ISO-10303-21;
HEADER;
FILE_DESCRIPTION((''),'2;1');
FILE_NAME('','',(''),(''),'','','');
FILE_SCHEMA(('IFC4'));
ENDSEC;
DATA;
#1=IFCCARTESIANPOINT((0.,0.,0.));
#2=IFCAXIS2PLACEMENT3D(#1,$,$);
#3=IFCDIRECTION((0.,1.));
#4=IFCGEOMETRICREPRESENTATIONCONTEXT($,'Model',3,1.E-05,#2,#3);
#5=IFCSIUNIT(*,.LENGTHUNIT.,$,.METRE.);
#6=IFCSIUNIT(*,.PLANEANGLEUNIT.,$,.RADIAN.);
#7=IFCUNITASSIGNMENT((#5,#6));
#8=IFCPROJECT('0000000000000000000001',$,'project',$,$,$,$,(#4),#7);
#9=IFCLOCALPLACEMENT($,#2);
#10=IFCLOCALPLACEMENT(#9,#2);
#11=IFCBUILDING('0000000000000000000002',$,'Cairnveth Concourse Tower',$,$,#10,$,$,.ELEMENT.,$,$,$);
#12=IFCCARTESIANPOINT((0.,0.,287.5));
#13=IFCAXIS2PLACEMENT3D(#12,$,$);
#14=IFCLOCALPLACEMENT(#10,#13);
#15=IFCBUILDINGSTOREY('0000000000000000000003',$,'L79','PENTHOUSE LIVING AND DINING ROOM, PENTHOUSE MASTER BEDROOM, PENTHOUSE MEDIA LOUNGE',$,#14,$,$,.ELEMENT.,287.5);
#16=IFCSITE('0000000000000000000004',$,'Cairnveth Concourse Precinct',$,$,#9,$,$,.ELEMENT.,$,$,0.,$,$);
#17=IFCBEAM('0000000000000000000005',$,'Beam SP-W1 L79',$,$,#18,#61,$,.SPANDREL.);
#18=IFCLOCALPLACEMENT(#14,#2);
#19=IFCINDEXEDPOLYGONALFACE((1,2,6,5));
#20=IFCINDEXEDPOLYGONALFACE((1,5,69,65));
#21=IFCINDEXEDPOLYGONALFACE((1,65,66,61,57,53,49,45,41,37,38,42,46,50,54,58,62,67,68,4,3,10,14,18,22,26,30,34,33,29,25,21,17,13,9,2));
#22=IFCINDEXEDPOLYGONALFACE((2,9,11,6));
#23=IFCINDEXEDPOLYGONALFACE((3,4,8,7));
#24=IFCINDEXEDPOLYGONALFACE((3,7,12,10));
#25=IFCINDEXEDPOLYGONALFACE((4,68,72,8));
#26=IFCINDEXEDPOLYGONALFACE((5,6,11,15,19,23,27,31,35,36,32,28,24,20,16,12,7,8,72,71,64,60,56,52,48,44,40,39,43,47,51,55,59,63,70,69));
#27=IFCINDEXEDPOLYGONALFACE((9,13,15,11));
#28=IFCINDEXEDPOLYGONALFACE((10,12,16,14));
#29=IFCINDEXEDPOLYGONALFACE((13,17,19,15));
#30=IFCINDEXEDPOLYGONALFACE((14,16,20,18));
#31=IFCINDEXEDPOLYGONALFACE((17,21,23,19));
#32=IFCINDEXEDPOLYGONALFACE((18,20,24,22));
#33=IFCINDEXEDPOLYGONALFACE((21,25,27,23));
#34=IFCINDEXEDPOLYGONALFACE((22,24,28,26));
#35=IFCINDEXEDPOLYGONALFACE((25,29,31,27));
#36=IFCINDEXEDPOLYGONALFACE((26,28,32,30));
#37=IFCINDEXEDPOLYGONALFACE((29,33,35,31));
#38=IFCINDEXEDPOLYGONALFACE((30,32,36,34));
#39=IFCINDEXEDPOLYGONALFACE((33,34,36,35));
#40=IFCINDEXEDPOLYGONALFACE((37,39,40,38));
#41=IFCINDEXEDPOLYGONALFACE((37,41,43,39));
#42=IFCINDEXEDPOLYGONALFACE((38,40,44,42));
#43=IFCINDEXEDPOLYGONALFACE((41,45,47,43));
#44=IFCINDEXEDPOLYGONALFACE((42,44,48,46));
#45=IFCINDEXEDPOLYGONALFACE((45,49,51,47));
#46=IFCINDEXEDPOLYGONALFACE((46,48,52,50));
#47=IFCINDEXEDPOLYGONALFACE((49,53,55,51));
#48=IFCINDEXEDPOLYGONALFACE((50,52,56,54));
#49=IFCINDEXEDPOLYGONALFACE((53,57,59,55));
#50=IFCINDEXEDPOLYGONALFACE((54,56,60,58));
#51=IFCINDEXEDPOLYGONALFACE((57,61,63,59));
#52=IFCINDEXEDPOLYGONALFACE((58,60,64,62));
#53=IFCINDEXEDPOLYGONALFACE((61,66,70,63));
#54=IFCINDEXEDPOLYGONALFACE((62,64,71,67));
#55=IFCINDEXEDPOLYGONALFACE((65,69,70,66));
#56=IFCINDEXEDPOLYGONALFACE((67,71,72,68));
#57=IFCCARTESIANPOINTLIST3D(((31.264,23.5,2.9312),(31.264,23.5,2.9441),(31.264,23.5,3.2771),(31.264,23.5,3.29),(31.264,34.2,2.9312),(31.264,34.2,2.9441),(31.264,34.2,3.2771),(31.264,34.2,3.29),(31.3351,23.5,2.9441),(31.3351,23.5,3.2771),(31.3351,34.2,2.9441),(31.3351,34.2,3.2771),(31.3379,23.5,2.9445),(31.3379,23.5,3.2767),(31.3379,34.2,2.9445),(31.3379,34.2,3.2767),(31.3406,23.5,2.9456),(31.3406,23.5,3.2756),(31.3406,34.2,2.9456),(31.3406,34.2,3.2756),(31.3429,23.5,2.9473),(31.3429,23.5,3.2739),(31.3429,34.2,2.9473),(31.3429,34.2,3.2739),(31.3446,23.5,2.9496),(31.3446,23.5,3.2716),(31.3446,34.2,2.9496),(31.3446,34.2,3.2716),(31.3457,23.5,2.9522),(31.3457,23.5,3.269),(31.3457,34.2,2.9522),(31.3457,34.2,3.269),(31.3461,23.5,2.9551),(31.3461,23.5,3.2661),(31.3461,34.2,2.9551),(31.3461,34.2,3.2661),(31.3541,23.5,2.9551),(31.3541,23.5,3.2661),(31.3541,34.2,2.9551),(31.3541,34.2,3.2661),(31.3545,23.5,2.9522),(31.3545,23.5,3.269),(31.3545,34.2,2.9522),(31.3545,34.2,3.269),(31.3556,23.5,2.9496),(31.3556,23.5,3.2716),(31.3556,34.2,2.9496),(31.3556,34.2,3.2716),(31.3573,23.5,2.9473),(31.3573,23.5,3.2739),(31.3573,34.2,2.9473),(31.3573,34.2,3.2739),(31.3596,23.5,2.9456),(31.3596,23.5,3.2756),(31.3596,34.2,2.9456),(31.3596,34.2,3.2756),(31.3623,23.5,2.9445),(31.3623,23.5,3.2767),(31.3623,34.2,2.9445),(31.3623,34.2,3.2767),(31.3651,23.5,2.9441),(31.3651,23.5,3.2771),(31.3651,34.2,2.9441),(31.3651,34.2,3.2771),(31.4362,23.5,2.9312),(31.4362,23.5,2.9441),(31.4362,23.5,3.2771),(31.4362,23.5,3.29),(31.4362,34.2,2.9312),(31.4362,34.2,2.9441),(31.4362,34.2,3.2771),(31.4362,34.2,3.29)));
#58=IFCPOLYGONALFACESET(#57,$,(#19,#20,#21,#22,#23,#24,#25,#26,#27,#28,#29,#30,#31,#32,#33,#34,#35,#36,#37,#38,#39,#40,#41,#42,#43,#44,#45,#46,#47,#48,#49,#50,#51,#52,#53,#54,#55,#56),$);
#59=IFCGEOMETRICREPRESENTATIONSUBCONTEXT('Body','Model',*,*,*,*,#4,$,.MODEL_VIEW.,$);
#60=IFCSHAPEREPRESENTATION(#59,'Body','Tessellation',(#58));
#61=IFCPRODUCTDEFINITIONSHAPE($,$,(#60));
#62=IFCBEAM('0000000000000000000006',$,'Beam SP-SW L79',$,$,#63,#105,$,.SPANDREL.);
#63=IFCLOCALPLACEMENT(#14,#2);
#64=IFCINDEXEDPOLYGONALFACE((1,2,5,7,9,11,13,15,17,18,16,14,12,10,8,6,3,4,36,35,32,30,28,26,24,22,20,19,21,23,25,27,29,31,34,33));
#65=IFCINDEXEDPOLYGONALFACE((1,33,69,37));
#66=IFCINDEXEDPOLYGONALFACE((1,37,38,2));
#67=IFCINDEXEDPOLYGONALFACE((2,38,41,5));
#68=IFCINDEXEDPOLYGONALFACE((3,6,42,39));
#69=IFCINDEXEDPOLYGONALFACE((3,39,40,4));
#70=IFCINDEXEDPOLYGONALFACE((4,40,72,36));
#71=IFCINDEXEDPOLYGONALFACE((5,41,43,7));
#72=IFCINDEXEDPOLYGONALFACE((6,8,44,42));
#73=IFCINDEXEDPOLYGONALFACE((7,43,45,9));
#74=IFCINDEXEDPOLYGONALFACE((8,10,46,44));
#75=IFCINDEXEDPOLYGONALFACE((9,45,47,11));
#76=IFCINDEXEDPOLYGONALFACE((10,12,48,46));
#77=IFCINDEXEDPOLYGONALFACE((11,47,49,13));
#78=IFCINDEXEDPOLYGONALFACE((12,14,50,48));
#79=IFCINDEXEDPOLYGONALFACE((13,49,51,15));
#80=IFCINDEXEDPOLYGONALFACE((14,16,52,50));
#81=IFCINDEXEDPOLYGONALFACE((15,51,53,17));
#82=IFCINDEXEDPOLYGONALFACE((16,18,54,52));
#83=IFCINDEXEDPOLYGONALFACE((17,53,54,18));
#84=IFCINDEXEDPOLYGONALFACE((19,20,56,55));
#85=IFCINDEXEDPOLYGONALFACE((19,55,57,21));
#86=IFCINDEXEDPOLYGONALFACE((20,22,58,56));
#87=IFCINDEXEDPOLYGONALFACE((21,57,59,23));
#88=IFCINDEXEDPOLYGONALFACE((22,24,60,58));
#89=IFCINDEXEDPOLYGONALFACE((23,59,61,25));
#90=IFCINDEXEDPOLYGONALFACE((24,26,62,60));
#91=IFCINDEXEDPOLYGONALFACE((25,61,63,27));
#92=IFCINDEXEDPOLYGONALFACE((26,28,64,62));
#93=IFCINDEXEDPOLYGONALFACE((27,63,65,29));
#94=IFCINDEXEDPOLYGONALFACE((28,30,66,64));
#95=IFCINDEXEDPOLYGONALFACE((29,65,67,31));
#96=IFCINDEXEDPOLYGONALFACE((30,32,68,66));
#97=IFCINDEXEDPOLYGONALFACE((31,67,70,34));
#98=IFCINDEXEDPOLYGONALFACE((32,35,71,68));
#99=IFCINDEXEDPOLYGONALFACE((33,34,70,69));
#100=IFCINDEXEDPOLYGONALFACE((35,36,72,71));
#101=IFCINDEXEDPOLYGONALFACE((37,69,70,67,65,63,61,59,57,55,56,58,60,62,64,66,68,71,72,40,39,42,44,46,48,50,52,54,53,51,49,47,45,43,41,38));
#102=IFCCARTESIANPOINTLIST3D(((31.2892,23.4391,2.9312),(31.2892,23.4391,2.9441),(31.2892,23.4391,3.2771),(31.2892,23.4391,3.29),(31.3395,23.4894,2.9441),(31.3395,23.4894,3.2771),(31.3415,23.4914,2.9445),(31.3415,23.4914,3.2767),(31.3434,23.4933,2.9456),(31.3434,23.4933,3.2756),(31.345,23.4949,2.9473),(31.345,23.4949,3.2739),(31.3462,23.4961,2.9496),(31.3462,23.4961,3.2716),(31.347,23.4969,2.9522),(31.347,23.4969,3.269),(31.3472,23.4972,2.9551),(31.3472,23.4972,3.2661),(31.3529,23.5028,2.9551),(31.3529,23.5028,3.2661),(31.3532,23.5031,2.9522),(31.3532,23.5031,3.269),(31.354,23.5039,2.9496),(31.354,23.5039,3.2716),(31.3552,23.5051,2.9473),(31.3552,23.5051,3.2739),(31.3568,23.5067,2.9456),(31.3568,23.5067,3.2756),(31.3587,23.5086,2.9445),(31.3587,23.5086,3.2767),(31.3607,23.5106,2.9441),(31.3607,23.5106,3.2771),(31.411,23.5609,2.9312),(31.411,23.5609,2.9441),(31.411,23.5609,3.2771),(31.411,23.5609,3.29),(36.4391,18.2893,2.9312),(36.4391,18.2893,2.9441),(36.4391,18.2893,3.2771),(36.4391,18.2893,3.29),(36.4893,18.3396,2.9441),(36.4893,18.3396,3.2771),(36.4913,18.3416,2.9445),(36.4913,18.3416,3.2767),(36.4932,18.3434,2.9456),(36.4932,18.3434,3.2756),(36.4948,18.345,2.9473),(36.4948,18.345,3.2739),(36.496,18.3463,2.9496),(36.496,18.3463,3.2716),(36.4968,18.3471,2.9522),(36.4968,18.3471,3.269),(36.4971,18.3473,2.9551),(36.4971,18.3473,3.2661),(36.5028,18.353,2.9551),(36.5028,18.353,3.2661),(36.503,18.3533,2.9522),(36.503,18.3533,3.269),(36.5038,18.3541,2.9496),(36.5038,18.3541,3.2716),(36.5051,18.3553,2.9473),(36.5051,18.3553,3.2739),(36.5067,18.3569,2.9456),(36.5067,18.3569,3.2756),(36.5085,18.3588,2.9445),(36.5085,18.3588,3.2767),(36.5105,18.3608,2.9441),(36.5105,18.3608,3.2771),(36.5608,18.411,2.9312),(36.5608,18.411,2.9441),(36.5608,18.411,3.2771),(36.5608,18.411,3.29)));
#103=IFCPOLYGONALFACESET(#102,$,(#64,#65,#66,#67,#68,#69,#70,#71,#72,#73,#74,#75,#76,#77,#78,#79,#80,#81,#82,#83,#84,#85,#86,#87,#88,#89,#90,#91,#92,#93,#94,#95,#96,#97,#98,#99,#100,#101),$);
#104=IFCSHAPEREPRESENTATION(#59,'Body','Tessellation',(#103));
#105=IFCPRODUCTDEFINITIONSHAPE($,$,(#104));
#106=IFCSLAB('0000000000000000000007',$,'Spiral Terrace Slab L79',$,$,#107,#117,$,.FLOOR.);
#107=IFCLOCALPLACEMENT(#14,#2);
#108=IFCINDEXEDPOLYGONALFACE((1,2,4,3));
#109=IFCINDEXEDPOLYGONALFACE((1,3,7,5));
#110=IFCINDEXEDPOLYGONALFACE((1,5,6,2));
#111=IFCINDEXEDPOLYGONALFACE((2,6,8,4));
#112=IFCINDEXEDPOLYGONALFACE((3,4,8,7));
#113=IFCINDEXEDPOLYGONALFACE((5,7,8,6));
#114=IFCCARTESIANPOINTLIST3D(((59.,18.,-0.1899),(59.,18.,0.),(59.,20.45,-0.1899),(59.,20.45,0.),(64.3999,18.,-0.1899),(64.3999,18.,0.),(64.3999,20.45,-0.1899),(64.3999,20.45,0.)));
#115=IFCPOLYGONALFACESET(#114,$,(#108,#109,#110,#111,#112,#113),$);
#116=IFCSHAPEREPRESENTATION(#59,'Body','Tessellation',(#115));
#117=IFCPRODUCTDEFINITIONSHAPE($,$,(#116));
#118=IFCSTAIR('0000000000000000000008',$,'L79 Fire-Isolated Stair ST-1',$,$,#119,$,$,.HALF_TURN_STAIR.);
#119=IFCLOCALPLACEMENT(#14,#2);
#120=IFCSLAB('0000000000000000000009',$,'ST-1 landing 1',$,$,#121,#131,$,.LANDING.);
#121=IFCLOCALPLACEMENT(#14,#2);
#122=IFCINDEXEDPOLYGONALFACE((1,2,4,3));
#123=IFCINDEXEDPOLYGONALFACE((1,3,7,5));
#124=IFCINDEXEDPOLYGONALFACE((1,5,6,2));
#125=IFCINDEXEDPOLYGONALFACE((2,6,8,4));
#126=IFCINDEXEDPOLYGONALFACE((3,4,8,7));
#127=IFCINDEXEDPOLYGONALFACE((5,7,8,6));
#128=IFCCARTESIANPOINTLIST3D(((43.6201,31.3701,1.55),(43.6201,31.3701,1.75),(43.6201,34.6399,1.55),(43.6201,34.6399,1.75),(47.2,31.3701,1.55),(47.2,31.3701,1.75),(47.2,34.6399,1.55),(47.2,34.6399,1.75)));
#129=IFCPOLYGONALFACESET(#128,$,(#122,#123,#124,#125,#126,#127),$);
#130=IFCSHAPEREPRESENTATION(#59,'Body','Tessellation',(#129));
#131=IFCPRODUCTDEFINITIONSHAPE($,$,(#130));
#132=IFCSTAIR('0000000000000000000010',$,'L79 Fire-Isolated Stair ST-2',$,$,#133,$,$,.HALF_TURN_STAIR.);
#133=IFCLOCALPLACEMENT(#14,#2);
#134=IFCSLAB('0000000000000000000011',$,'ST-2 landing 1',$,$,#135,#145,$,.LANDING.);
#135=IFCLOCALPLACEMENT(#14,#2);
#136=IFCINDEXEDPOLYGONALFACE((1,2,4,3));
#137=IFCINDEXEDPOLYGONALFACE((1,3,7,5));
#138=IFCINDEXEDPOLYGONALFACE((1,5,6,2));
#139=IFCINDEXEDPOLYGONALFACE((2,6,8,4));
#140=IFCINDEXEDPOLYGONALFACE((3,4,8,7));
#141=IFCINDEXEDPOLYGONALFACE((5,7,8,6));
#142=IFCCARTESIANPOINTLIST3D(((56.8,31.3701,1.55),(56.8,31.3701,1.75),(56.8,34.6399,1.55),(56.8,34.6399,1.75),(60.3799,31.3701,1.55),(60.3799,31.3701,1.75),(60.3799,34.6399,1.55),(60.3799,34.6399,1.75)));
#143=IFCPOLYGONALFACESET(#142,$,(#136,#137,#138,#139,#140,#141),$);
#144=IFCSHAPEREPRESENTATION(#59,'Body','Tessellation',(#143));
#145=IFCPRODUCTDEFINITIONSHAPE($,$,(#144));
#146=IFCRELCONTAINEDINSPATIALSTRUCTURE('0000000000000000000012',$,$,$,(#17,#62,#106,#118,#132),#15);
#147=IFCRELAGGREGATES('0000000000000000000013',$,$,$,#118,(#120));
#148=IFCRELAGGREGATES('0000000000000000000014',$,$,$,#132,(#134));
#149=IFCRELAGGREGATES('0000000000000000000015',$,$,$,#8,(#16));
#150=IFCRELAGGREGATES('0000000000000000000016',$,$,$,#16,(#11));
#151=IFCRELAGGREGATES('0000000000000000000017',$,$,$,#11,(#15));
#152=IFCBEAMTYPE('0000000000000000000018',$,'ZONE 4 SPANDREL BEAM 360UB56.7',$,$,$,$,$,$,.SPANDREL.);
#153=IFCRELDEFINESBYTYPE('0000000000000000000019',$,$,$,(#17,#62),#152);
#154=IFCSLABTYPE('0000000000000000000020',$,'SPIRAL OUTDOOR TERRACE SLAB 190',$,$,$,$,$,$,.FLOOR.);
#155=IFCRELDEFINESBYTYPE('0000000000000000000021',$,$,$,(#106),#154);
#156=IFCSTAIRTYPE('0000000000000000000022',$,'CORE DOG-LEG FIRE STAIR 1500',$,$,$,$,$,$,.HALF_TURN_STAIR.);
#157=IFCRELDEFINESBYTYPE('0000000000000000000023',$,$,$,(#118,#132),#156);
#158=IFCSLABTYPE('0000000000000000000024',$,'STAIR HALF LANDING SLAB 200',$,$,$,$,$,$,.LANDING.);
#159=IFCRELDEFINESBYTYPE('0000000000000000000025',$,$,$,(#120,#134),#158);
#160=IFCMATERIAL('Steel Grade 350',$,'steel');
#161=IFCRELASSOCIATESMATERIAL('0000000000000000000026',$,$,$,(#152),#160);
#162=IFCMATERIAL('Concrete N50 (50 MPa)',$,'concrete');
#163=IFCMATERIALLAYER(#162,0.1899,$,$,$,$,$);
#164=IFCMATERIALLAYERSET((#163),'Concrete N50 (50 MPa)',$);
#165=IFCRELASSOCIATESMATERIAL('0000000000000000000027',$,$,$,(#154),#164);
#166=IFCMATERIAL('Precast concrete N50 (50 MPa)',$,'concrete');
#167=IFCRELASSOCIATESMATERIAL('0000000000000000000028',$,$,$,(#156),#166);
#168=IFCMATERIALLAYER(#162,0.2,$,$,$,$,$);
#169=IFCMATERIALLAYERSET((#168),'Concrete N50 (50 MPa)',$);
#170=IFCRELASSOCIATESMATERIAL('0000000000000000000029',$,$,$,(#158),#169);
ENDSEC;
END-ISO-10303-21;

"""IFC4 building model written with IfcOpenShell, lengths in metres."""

from ifc_helpers import new_model, si_unit, direction, frame, origin, origin_2d, place, context, subcontext, project, spatial, polyline, i_section, outline, extrude, material, layer, layer_set, material_profile, profile_set, type_object, element, aggregate, save


model = new_model("IFC4")

# Units and contexts
model_context = context("Model", 3, precision=1e-05, world=origin(), true_north=direction((0.0, 1.0)))
body_context = subcontext(model_context, "Body", "Model", "MODEL_VIEW")
ifc_project = project(units=[si_unit("LENGTHUNIT", "METRE"), si_unit("PLANEANGLEUNIT", "RADIAN")], contexts=[model_context])

# Site, building, storey
site_placement = place(None, origin())
site = spatial("IfcSite", under=ifc_project, at=site_placement, Name="Cairnveth Concourse Precinct", CompositionType="ELEMENT", RefElevation=0.0)
building_placement = place(site_placement, origin())
building = spatial("IfcBuilding", under=site, at=building_placement, Name="Cairnveth Concourse Tower", CompositionType="ELEMENT")
storey_placement = place(building_placement, frame((0.0, 0.0, 287.5)))
storey = spatial("IfcBuildingStorey", under=building, at=storey_placement, Name="L79", Description="PENTHOUSE LIVING AND DINING ROOM, PENTHOUSE MASTER BEDROOM, PENTHOUSE MEDIA LOUNGE", CompositionType="ELEMENT", Elevation=287.5)

# Shared definitions
ifc_material_1 = material(Name="Steel Grade 350", Category="steel")

# Beams
ifc_material_profile_1 = material_profile(ifc_material_1, i_section(OverallWidth=0.1721, OverallDepth=0.3589, WebThickness=0.0081, FlangeThickness=0.0129, FilletRadius=0.011, at=origin_2d()), Name="360UB56.7")
ifc_profile_set_1 = profile_set([ifc_material_profile_1], Name="Steel Grade 350")
beam_type_1 = type_object("IfcBeamType", Name="ZONE 4 SPANDREL BEAM 360UB56.7", PredefinedType="SPANDREL", material=ifc_profile_set_1)
beam_1_placement = place(storey_placement, frame((31.3501, 23.5, 3.1106), z_axis=(0.0, 1.0, 0.0), x_axis=(-1.0, 0.0, 0.0)))
element("IfcBeam", 1, at=beam_1_placement, inside=storey, type_object=beam_type_1, Name="Beam SP-W1 L79", PredefinedType="SPANDREL", context=body_context, shape_type="SweptSolid", body=[
    extrude(i_section(OverallWidth=0.1721, OverallDepth=0.3589, WebThickness=0.0081, FlangeThickness=0.0129, FilletRadius=0.011, at=origin_2d()), origin(), (0.0, 0.0, 1.0), 10.7),
])
beam_2_placement = place(storey_placement, frame((31.3501, 23.5, 3.1106), z_axis=(0.707107, -0.707107, 0.0), x_axis=(0.707107, 0.707107, 0.0)))
element("IfcBeam", 2, at=beam_2_placement, inside=storey, type_object=beam_type_1, Name="Beam SP-SW L79", PredefinedType="SPANDREL", context=body_context, shape_type="SweptSolid", body=[
    extrude(i_section(OverallWidth=0.1721, OverallDepth=0.3589, WebThickness=0.0081, FlangeThickness=0.0129, FilletRadius=0.011, at=origin_2d()), origin(), (0.0, 0.0, 1.0), 7.283),
])

# Slab
ifc_material_2 = material(Name="Concrete N50 (50 MPa)", Category="concrete")
ifc_layer_1 = layer(ifc_material_2, 0.1899)
ifc_layer_set_1 = layer_set([ifc_layer_1], Name="Concrete N50 (50 MPa)")
slab_type_1 = type_object("IfcSlabType", Name="SPIRAL OUTDOOR TERRACE SLAB 190", PredefinedType="FLOOR", material=ifc_layer_set_1)
slab_1_placement = place(storey_placement, frame((0.0, 0.0, -0.1899)))
element("IfcSlab", 3, at=slab_1_placement, inside=storey, type_object=slab_type_1, Name="Spiral Terrace Slab L79", PredefinedType="FLOOR", context=body_context, shape_type="SweptSolid", body=[
    extrude(outline(polyline([(59.0, 18.0), (64.3999, 18.0), (64.3999, 20.45), (59.0, 20.45), (59.0, 18.0)])), origin(), (0.0, 0.0, 1.0), 0.1899),
])

# Stairs, slabs
ifc_material_3 = material(Name="Precast concrete N50 (50 MPa)", Category="concrete")
stair_type = type_object("IfcStairType", Name="CORE DOG-LEG FIRE STAIR 1500", PredefinedType="HALF_TURN_STAIR", material=ifc_material_3)
stair_1_placement = place(storey_placement, origin())
stair_1 = element("IfcStair", 4, at=stair_1_placement, inside=storey, type_object=stair_type, Name="L79 Fire-Isolated Stair ST-1", PredefinedType="HALF_TURN_STAIR")
ifc_layer_2 = layer(ifc_material_2, 0.2)
ifc_layer_set_2 = layer_set([ifc_layer_2], Name="Concrete N50 (50 MPa)")
slab_type_2 = type_object("IfcSlabType", Name="STAIR HALF LANDING SLAB 200", PredefinedType="LANDING", material=ifc_layer_set_2)
slab_2_placement = place(storey_placement, frame((0.0, 0.0, 1.55)))
slab_2 = element("IfcSlab", 5, at=slab_2_placement, type_object=slab_type_2, Name="ST-1 landing 1", PredefinedType="LANDING", context=body_context, shape_type="SweptSolid", body=[
    extrude(outline(polyline([(43.6201, 34.6399), (43.6201, 31.3701), (47.2, 31.3701), (47.2, 34.6399), (43.6201, 34.6399)])), origin(), (0.0, 0.0, 1.0), 0.2),
])
aggregate(stair_1, [slab_2])
stair_2_placement = place(storey_placement, origin())
stair_2 = element("IfcStair", 6, at=stair_2_placement, inside=storey, type_object=stair_type, Name="L79 Fire-Isolated Stair ST-2", PredefinedType="HALF_TURN_STAIR")
slab_3_placement = place(storey_placement, frame((0.0, 0.0, 1.55)))
slab_3 = element("IfcSlab", 7, at=slab_3_placement, type_object=slab_type_2, Name="ST-2 landing 1", PredefinedType="LANDING", context=body_context, shape_type="SweptSolid", body=[
    extrude(outline(polyline([(56.8, 34.6399), (56.8, 31.3701), (60.3799, 31.3701), (60.3799, 34.6399), (56.8, 34.6399)])), origin(), (0.0, 0.0, 1.0), 0.2),
])
aggregate(stair_2, [slab_3])

save(model, "model.ifc")
